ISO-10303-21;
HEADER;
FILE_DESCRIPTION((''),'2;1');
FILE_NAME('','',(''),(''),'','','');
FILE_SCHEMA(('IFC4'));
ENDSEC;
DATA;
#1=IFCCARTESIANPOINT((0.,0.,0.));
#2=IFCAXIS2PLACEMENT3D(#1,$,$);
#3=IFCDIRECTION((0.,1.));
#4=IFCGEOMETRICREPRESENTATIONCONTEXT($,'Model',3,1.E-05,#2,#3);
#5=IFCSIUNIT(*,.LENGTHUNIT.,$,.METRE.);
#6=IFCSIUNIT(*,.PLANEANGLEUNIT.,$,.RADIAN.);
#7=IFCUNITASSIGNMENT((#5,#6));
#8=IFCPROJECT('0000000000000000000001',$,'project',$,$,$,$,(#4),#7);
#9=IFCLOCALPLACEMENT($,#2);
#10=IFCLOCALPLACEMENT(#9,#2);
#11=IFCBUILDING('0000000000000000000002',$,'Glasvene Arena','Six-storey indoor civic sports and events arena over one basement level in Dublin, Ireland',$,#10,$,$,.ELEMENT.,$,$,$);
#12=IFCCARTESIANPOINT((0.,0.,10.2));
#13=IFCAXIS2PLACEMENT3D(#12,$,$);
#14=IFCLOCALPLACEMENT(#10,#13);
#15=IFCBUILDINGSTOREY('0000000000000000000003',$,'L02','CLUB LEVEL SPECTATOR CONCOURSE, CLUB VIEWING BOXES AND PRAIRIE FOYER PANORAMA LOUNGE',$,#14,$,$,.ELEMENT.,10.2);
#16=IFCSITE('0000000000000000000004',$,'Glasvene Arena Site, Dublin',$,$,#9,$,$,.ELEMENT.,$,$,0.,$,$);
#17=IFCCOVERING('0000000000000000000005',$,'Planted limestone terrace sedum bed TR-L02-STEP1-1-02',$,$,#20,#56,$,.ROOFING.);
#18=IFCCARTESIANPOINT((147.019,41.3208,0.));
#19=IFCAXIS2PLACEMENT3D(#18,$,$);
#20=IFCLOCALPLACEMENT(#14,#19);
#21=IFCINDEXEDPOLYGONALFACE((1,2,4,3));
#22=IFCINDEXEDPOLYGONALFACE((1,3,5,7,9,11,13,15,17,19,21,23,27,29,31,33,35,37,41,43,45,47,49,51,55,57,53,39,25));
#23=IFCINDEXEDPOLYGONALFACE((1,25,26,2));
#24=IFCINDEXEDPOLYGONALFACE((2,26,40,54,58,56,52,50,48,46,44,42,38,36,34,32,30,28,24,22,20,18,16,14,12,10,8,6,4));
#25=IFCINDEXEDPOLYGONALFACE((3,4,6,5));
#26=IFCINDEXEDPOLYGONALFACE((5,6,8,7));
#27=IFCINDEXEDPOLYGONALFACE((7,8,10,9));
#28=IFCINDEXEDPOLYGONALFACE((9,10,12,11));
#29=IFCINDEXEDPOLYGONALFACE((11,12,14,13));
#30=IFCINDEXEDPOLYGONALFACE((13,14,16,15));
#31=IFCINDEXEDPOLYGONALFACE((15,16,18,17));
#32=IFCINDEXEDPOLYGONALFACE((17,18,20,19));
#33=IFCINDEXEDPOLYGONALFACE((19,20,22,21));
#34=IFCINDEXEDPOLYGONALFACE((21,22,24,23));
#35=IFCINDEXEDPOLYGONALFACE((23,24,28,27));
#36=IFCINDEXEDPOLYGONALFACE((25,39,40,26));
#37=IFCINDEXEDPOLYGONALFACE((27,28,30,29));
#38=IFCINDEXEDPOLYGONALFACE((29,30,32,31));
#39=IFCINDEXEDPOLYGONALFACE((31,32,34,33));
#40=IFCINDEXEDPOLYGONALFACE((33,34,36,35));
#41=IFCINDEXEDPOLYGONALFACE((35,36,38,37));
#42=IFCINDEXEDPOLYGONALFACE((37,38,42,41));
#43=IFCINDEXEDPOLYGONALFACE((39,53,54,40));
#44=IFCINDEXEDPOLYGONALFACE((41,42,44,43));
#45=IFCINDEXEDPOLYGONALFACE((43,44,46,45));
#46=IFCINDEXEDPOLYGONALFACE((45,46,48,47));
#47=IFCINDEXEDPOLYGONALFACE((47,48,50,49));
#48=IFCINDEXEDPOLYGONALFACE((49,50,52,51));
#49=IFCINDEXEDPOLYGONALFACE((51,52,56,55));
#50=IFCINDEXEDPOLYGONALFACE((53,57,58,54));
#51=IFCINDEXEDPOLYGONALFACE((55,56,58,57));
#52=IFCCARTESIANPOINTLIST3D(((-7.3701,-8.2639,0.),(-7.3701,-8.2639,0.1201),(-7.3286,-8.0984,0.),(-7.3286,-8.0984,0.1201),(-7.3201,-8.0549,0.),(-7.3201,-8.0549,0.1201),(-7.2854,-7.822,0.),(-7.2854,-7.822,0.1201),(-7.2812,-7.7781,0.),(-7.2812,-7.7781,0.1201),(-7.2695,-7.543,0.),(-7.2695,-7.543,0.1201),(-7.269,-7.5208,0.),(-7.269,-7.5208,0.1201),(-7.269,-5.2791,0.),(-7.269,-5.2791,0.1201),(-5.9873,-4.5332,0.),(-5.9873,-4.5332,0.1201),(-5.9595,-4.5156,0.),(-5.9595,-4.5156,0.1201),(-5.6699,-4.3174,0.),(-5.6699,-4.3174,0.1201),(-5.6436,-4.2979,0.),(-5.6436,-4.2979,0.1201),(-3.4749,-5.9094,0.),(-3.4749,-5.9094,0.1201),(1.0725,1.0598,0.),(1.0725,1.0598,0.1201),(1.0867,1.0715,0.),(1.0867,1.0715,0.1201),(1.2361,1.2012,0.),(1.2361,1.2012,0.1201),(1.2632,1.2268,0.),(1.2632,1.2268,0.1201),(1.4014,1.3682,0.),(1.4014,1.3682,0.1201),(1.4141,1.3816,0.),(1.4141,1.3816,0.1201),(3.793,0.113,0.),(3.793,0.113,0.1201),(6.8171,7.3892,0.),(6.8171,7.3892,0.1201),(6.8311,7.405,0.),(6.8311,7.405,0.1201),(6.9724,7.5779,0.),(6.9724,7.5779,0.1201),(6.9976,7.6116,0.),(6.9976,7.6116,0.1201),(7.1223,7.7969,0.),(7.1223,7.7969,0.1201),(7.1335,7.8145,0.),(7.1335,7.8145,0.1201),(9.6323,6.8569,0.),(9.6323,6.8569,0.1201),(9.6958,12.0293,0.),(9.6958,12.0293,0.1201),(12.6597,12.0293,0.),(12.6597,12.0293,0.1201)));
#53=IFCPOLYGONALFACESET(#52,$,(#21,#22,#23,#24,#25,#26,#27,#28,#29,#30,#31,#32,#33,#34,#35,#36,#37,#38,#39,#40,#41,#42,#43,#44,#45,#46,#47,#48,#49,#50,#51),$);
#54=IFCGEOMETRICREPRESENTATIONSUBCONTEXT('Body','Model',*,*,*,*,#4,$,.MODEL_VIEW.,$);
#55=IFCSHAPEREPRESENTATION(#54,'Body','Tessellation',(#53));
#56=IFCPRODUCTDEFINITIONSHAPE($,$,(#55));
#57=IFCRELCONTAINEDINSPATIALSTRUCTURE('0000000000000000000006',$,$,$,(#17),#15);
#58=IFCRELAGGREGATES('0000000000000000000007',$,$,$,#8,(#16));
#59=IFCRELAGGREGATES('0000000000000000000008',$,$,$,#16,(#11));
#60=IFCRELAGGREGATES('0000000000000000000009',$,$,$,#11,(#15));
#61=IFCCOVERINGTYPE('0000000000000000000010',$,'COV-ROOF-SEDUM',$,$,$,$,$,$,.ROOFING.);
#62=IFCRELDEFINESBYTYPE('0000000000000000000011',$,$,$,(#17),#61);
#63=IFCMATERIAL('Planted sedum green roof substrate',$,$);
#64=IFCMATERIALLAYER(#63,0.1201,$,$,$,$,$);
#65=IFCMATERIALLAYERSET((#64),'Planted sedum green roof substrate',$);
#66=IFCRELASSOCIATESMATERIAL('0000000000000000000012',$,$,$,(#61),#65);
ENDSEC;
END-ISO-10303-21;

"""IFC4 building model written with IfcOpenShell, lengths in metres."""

from ifc_helpers import new_model, si_unit, direction, frame, origin, place, context, subcontext, project, spatial, polyline, outline, extrude, material, layer, layer_set, type_object, element, save


model = new_model("IFC4")

# Units and contexts
model_context = context("Model", 3, precision=1e-05, world=origin(), true_north=direction((0.0, 1.0)))
body_context = subcontext(model_context, "Body", "Model", "MODEL_VIEW")
ifc_project = project(units=[si_unit("LENGTHUNIT", "METRE"), si_unit("PLANEANGLEUNIT", "RADIAN")], contexts=[model_context])

# Site, building, storey
site_placement = place(None, origin())
site = spatial("IfcSite", under=ifc_project, at=site_placement, Name="Glasvene Arena Site, Dublin", CompositionType="ELEMENT", RefElevation=0.0)
building_placement = place(site_placement, origin())
building = spatial("IfcBuilding", under=site, at=building_placement, Name="Glasvene Arena", Description="Six-storey indoor civic sports and events arena over one basement level in Dublin, Ireland", CompositionType="ELEMENT")
storey_placement = place(building_placement, frame((0.0, 0.0, 10.2)))
storey = spatial("IfcBuildingStorey", under=building, at=storey_placement, Name="L02", Description="CLUB LEVEL SPECTATOR CONCOURSE, CLUB VIEWING BOXES AND PRAIRIE FOYER PANORAMA LOUNGE", CompositionType="ELEMENT", Elevation=10.2)

# Covering
ifc_material_1 = material(Name="Planted sedum green roof substrate")
ifc_layer_1 = layer(ifc_material_1, 0.1201)
ifc_layer_set_1 = layer_set([ifc_layer_1], Name="Planted sedum green roof substrate")
covering_type = type_object("IfcCoveringType", Name="COV-ROOF-SEDUM", PredefinedType="ROOFING", material=ifc_layer_set_1)
covering_placement = place(storey_placement, frame((147.019, 41.3208, 0.0)))
element("IfcCovering", 1, at=covering_placement, inside=storey, type_object=covering_type, Name="Planted limestone terrace sedum bed TR-L02-STEP1-1-02", PredefinedType="ROOFING", context=body_context, shape_type="SweptSolid", body=[
    extrude(outline(polyline([(-7.3701, -8.2639), (-7.3286, -8.0984), (-7.3201, -8.0549), (-7.2854, -7.822), (-7.2812, -7.7781), (-7.2695, -7.543), (-7.269, -7.5208), (-7.269, -5.2791), (-5.9873, -4.5332), (-5.9595, -4.5156), (-5.6699, -4.3174), (-5.6436, -4.2979), (1.0725, 1.0598), (1.0867, 1.0715), (1.2361, 1.2012), (1.2632, 1.2268), (1.4014, 1.3682), (1.4141, 1.3816), (6.8171, 7.3892), (6.8311, 7.405), (6.9724, 7.5779), (6.9976, 7.6116), (7.1223, 7.7969), (7.1335, 7.8145), (9.6958, 12.0293), (12.6597, 12.0293), (9.6323, 6.8569), (3.793, 0.113), (-3.4749, -5.9094), (-7.3701, -8.2639)])), origin(), (0.0, 0.0, 1.0), 0.1201),
])

save(model, "model.ifc")
